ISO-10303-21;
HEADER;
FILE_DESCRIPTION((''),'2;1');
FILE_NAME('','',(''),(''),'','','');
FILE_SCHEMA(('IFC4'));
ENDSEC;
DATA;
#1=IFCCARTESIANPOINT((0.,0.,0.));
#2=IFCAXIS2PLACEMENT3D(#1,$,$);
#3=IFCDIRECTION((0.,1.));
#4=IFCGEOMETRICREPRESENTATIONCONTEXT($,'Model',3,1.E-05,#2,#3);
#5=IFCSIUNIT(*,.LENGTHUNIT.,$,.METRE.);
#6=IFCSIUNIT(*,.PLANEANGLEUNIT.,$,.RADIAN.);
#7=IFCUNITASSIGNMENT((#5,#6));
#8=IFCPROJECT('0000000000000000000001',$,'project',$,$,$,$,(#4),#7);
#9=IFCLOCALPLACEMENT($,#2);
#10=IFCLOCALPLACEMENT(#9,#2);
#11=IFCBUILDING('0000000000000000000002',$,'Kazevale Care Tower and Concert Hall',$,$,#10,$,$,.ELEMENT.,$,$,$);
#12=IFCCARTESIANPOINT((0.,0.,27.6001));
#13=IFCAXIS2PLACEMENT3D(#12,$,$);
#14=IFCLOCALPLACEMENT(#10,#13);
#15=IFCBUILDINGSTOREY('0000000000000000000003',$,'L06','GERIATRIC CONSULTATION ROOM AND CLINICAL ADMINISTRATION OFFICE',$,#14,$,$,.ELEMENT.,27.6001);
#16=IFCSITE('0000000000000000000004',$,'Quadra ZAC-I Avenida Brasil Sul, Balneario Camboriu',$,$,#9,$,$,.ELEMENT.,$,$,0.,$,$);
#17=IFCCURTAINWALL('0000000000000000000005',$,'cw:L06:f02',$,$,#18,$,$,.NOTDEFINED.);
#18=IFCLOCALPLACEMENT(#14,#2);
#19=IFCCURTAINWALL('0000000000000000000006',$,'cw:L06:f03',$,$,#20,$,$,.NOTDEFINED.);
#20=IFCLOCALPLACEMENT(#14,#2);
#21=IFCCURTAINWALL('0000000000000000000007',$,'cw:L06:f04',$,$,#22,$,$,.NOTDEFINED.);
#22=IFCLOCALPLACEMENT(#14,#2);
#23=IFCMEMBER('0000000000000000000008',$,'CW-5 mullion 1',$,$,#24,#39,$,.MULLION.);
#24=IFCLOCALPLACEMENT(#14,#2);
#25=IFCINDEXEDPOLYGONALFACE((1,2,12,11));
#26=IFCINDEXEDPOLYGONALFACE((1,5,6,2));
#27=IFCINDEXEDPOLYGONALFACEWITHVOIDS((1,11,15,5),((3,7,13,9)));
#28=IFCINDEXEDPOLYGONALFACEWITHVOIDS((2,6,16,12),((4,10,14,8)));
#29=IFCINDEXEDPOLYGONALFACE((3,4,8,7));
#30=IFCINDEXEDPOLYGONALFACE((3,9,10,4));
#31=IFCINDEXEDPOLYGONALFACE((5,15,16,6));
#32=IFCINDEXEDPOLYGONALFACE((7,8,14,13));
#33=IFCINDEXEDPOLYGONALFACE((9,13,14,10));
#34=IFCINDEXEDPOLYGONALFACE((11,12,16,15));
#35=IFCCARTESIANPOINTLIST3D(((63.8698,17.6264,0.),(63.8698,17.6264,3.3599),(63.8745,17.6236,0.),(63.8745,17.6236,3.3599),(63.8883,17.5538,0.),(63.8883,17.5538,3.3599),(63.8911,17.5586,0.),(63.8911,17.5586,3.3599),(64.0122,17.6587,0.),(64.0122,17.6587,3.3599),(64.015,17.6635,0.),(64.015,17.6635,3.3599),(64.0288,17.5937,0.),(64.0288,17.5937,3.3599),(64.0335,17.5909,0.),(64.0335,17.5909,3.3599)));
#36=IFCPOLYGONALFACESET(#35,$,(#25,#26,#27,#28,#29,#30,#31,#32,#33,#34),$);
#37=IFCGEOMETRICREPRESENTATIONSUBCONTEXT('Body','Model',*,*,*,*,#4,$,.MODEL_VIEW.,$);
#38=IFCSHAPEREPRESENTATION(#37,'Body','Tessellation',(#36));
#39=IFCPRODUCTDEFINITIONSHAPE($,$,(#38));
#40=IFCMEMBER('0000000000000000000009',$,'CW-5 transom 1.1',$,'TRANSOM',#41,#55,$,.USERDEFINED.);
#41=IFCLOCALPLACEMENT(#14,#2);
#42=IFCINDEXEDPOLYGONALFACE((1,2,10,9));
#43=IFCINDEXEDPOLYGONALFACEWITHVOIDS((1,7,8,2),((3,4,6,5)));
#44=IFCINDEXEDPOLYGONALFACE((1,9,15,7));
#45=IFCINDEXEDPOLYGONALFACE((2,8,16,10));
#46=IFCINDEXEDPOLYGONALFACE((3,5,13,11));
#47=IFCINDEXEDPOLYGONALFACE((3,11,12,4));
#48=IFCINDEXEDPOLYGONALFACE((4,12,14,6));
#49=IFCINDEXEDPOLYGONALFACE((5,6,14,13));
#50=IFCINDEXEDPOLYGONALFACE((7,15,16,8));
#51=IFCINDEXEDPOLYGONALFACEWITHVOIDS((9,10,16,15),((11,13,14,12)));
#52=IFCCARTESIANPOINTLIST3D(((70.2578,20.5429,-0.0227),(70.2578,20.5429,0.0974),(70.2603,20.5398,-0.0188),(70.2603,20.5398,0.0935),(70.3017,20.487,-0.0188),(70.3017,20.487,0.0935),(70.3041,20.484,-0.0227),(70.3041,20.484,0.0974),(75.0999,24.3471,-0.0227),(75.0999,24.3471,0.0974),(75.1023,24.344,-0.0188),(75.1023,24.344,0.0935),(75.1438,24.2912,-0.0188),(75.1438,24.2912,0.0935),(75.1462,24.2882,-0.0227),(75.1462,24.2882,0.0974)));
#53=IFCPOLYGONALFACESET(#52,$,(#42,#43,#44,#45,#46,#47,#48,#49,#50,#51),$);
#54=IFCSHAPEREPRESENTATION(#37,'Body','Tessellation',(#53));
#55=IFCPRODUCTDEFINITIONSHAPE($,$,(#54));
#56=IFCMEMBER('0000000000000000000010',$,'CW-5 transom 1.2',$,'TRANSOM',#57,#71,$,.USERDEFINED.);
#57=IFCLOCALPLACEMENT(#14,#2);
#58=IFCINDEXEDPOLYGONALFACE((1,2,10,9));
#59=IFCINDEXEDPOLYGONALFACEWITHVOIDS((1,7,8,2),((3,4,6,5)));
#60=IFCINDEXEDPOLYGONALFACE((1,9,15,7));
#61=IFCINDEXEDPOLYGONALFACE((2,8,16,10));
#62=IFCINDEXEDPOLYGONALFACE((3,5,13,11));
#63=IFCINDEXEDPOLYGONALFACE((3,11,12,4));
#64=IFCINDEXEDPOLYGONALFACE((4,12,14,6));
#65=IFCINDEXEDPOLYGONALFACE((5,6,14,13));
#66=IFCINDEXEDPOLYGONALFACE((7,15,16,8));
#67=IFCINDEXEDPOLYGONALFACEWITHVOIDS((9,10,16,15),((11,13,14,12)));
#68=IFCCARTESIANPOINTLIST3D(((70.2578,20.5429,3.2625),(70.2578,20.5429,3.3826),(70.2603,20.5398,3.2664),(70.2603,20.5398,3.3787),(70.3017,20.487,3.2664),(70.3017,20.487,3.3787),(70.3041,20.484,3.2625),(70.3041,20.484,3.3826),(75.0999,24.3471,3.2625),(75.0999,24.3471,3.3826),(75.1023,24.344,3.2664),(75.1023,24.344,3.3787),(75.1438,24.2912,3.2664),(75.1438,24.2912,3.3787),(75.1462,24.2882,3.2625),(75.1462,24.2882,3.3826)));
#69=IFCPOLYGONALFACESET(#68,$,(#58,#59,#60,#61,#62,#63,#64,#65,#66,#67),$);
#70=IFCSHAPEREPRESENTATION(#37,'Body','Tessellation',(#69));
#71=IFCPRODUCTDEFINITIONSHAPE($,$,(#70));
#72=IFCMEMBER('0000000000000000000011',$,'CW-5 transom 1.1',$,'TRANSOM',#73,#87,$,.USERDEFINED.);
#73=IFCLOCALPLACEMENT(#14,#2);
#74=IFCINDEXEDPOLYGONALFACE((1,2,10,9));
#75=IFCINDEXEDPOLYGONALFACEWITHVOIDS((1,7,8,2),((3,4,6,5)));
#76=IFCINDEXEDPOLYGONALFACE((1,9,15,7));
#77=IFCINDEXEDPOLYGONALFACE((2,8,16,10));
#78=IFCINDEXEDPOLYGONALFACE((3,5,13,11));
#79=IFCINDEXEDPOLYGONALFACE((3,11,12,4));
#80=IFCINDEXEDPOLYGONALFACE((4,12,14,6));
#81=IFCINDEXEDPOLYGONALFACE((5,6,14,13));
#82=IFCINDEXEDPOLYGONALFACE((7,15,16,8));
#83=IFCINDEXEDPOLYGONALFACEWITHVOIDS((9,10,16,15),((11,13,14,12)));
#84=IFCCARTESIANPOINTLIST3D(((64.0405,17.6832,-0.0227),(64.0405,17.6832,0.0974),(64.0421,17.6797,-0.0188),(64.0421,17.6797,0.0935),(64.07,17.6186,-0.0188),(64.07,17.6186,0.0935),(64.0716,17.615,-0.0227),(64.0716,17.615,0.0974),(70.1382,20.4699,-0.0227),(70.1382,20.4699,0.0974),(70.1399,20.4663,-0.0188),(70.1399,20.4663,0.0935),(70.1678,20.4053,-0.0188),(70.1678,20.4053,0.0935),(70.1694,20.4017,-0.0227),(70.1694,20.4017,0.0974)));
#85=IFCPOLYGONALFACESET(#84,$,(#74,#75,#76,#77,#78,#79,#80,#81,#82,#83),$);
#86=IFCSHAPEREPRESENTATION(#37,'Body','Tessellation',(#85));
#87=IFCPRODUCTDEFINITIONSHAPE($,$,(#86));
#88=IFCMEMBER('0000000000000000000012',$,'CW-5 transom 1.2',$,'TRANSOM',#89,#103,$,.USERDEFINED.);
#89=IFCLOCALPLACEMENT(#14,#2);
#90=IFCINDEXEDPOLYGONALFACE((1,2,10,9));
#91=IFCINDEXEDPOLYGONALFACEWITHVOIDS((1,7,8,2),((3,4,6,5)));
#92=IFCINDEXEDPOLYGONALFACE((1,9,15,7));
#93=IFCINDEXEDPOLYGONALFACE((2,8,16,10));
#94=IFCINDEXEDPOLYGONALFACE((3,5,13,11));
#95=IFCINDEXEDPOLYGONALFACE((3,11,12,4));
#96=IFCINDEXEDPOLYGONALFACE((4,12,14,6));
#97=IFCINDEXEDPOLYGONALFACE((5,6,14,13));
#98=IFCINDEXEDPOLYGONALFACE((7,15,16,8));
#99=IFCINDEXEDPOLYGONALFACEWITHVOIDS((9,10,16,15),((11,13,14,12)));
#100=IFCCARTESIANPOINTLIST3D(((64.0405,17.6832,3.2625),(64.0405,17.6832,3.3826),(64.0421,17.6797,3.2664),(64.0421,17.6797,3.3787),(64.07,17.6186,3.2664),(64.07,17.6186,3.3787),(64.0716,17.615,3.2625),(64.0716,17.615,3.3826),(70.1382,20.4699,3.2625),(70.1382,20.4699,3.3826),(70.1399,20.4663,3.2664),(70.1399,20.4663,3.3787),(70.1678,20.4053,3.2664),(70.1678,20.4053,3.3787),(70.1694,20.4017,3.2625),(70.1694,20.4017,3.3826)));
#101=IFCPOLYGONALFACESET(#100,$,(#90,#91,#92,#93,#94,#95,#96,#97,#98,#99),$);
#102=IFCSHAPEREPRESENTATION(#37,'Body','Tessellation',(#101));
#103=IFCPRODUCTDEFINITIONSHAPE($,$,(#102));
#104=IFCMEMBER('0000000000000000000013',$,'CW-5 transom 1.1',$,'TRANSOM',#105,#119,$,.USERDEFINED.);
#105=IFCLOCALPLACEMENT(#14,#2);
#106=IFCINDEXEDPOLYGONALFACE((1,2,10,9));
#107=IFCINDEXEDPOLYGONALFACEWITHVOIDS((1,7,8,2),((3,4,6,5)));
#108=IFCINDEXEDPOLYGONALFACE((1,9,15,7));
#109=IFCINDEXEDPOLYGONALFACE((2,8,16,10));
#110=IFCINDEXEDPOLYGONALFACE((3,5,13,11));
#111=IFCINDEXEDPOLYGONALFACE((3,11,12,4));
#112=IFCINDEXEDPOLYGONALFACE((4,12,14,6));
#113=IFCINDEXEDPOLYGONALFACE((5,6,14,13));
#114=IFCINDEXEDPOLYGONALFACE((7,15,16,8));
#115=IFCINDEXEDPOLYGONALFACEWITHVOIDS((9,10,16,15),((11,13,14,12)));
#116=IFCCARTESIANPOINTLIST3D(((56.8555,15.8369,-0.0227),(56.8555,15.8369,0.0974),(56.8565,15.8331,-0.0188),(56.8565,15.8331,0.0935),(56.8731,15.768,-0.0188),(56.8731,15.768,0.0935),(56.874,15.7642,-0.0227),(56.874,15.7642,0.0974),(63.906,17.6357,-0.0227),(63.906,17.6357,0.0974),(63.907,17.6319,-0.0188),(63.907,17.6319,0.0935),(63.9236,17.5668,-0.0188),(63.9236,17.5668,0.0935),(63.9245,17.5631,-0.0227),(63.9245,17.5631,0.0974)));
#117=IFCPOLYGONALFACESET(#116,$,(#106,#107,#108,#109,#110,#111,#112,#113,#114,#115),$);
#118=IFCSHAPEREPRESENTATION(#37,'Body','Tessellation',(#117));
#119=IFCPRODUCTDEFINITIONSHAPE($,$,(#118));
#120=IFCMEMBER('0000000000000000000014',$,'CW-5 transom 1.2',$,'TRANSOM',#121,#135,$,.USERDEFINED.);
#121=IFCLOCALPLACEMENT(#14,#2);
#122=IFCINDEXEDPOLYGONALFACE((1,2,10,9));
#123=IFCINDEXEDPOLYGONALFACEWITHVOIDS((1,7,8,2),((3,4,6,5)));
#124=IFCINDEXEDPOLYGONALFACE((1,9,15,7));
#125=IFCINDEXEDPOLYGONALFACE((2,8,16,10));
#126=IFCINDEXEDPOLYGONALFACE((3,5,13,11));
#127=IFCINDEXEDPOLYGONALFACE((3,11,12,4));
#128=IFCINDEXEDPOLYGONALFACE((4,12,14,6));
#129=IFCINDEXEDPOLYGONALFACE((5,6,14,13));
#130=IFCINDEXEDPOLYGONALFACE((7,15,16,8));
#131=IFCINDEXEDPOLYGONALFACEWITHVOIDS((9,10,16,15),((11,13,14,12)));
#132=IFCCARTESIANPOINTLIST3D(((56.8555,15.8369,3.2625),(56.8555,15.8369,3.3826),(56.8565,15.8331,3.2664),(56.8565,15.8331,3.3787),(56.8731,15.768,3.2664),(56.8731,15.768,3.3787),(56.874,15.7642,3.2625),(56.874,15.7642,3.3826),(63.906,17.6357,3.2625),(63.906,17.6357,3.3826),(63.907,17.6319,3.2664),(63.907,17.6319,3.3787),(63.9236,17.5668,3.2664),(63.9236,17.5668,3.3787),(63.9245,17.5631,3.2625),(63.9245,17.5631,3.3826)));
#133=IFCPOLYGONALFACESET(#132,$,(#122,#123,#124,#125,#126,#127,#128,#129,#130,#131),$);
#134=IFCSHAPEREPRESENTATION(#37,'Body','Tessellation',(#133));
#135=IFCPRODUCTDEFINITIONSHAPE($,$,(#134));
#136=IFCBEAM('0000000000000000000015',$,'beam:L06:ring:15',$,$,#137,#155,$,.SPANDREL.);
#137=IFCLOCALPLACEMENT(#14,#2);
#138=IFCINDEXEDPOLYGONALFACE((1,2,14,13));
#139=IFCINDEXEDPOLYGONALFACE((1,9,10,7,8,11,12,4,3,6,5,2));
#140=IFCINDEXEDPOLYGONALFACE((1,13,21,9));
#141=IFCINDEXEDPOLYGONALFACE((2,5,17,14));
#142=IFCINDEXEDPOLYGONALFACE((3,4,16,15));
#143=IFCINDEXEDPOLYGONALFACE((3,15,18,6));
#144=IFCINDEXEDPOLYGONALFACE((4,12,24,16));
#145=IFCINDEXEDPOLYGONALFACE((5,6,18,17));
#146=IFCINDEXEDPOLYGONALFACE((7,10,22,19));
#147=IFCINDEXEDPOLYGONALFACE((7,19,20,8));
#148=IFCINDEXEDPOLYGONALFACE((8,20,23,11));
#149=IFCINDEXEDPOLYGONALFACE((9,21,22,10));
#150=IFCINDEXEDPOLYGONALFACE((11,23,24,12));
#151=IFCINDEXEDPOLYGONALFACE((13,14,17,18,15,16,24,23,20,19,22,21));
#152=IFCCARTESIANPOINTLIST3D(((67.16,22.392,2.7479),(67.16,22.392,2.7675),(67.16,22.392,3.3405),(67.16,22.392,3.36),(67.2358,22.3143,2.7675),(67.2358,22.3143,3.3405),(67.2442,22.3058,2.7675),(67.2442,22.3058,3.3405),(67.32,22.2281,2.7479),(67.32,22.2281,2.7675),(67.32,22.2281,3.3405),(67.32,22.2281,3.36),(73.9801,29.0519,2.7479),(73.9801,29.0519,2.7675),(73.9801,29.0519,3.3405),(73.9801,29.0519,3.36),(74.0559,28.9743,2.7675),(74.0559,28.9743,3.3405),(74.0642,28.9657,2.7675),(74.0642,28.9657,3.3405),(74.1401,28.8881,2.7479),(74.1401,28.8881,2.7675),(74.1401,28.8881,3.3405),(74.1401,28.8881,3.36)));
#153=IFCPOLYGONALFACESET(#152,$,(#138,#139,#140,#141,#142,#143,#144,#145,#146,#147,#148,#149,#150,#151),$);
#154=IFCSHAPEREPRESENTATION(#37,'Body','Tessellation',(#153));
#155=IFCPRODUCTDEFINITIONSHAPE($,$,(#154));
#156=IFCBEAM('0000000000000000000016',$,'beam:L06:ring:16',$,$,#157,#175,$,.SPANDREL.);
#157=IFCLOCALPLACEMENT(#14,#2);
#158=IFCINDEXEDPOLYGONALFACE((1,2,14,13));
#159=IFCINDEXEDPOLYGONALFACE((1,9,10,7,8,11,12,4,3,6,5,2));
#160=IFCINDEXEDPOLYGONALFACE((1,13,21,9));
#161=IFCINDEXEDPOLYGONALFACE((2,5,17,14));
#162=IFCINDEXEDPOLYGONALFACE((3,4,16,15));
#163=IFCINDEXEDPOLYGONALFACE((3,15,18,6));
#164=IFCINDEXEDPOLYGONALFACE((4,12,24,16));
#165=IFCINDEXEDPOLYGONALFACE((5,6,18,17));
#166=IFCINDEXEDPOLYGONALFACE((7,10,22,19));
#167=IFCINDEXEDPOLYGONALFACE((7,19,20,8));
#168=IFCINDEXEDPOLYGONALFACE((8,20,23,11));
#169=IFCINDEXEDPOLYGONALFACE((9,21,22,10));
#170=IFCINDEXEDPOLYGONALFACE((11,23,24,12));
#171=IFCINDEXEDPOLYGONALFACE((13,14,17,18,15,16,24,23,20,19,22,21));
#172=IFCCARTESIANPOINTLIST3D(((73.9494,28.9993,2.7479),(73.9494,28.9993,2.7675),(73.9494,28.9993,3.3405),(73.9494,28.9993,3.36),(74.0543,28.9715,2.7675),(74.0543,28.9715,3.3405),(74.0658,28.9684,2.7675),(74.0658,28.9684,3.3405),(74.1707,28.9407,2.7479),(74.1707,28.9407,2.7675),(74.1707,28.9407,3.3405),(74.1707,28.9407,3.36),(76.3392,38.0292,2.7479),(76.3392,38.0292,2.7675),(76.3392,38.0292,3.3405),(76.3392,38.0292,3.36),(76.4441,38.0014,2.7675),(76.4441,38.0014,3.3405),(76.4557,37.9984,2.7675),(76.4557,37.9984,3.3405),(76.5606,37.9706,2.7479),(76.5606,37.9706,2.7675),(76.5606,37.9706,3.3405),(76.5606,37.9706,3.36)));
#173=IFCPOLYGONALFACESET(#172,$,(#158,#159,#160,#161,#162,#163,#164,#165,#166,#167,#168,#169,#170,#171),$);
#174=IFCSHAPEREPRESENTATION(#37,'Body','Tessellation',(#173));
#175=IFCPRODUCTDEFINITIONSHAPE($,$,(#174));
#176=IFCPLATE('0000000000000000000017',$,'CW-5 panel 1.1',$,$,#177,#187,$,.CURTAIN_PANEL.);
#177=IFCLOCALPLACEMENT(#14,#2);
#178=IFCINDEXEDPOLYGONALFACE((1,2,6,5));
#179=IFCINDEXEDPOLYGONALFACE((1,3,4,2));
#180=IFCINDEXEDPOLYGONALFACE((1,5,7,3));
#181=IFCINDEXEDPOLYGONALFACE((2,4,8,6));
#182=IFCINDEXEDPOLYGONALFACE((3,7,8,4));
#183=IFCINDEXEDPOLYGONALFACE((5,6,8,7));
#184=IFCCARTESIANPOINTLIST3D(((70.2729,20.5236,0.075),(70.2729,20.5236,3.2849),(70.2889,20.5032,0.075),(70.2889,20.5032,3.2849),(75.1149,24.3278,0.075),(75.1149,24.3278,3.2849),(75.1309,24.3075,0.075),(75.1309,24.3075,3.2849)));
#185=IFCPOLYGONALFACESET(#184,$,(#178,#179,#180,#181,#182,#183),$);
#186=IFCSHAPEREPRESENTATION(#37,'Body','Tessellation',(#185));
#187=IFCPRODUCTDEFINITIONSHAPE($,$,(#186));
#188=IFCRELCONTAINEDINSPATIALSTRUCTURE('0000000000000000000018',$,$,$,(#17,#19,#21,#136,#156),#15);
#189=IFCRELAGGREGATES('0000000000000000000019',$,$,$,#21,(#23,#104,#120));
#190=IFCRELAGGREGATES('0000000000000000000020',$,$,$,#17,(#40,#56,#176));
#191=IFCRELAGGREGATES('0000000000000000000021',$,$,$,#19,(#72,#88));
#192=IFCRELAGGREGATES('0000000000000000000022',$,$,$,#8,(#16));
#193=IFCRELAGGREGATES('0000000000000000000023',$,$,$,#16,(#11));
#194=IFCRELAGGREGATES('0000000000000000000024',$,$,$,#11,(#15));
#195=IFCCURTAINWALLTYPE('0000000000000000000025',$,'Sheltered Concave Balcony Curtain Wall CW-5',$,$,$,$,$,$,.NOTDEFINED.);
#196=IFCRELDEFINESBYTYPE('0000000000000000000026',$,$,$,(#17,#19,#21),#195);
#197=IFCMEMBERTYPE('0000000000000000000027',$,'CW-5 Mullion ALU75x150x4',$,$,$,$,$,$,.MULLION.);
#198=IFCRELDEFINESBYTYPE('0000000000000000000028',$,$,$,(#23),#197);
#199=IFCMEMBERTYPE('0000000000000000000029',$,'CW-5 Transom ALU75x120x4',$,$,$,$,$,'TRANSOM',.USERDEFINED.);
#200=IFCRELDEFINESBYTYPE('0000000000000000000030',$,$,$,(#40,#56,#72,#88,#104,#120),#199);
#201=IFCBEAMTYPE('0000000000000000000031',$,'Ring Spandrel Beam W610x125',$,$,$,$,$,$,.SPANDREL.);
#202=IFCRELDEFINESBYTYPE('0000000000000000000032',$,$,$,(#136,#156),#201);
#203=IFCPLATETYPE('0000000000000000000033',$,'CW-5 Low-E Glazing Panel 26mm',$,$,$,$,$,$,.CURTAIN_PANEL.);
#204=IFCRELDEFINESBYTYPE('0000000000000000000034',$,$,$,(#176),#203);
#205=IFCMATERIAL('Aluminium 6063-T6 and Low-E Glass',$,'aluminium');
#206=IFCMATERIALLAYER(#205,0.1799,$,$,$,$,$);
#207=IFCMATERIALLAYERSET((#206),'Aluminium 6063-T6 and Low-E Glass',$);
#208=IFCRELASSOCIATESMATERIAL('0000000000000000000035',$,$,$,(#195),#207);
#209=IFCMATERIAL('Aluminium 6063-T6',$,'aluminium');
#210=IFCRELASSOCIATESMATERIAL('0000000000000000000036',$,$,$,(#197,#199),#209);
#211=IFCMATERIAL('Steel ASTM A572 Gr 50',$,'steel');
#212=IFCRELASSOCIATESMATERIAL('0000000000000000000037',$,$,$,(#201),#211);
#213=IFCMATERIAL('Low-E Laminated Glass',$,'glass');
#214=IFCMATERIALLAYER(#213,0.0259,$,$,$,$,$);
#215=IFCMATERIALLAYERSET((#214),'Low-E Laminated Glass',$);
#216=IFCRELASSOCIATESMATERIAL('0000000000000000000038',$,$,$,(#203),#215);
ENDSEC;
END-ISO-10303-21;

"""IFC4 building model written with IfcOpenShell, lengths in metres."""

from ifc_helpers import new_model, si_unit, direction, frame, origin, origin_2d, place, context, subcontext, project, spatial, rectangle, hollow_rectangle, i_section, extrude, material, layer, layer_set, material_profile, profile_set, type_object, element, aggregate, save


model = new_model("IFC4")

# Units and contexts
model_context = context("Model", 3, precision=1e-05, world=origin(), true_north=direction((0.0, 1.0)))
body_context = subcontext(model_context, "Body", "Model", "MODEL_VIEW")
ifc_project = project(units=[si_unit("LENGTHUNIT", "METRE"), si_unit("PLANEANGLEUNIT", "RADIAN")], contexts=[model_context])

# Site, building, storey
site_placement = place(None, origin())
site = spatial("IfcSite", under=ifc_project, at=site_placement, Name="Quadra ZAC-I Avenida Brasil Sul, Balneario Camboriu", CompositionType="ELEMENT", RefElevation=0.0)
building_placement = place(site_placement, origin())
building = spatial("IfcBuilding", under=site, at=building_placement, Name="Kazevale Care Tower and Concert Hall", CompositionType="ELEMENT")
storey_placement = place(building_placement, frame((0.0, 0.0, 27.6001)))
storey = spatial("IfcBuildingStorey", under=building, at=storey_placement, Name="L06", Description="GERIATRIC CONSULTATION ROOM AND CLINICAL ADMINISTRATION OFFICE", CompositionType="ELEMENT", Elevation=27.6001)

# Shared definitions
ifc_material_1 = material(Name="Aluminium 6063-T6 and Low-E Glass", Category="aluminium")
ifc_material_2 = material(Name="Aluminium 6063-T6", Category="aluminium")

# Curtain walls
ifc_layer_1 = layer(ifc_material_1, 0.1799)
ifc_layer_set_1 = layer_set([ifc_layer_1], Name="Aluminium 6063-T6 and Low-E Glass")
curtain_wall_type_1 = type_object("IfcCurtainWallType", Name="Sheltered Concave Balcony Curtain Wall CW-5", PredefinedType="NOTDEFINED", material=ifc_layer_set_1)
curtain_wall_1_placement = place(storey_placement, origin())
curtain_wall_1 = element("IfcCurtainWall", 1, at=curtain_wall_1_placement, inside=storey, type_object=curtain_wall_type_1, Name="cw:L06:f02", PredefinedType="NOTDEFINED")
ifc_material_profile_1 = material_profile(ifc_material_2, hollow_rectangle(XDim=0.075, YDim=0.1499, WallThickness=0.0039, at=origin_2d()), Name="ALU75x150x4")
ifc_profile_set_1 = profile_set([ifc_material_profile_1], Name="Aluminium 6063-T6")
member_type_1 = type_object("IfcMemberType", Name="CW-5 Mullion ALU75x150x4", PredefinedType="MULLION", material=ifc_profile_set_1)
curtain_wall_2_placement = place(storey_placement, origin())
curtain_wall_2 = element("IfcCurtainWall", 2, at=curtain_wall_2_placement, inside=storey, type_object=curtain_wall_type_1, Name="cw:L06:f03", PredefinedType="NOTDEFINED")

# Curtain wall, member
curtain_wall_3_placement = place(storey_placement, origin())
curtain_wall_3 = element("IfcCurtainWall", 3, at=curtain_wall_3_placement, inside=storey, type_object=curtain_wall_type_1, Name="cw:L06:f04", PredefinedType="NOTDEFINED")
member_1_placement = place(storey_placement, frame((63.9517, 17.6086, 0.0), z_axis=(0.0, 0.0, 1.0), x_axis=(0.247222, -0.968959, 0.0)))
member_1 = element("IfcMember", 4, at=member_1_placement, type_object=member_type_1, Name="CW-5 mullion 1", PredefinedType="MULLION", context=body_context, shape_type="SweptSolid", body=[
    extrude(hollow_rectangle(XDim=0.075, YDim=0.1499, WallThickness=0.0039, at=origin_2d()), origin(), (0.0, 0.0, 1.0), 3.3599),
])

# Members
ifc_material_profile_2 = material_profile(ifc_material_2, hollow_rectangle(XDim=0.075, YDim=0.1201, WallThickness=0.0039, at=origin_2d()), Name="ALU75x120x4")
ifc_profile_set_2 = profile_set([ifc_material_profile_2], Name="Aluminium 6063-T6")
member_type_2 = type_object("IfcMemberType", Name="CW-5 Transom ALU75x120x4", ElementType="TRANSOM", PredefinedType="USERDEFINED", material=ifc_profile_set_2)
member_2_placement = place(storey_placement, frame((75.123, 24.3176, 0.0374), z_axis=(-0.786339, -0.617795, 0.0), x_axis=(0.617795, -0.786339, 0.0)))
member_2 = element("IfcMember", 5, at=member_2_placement, type_object=member_type_2, Name="CW-5 transom 1.1", ObjectType="TRANSOM", PredefinedType="USERDEFINED", context=body_context, shape_type="SweptSolid", body=[
    extrude(hollow_rectangle(XDim=0.075, YDim=0.1201, WallThickness=0.0039, at=origin_2d()), origin(), (0.0, 0.0, 1.0), 6.1577),
])
member_3_placement = place(storey_placement, frame((75.123, 24.3176, 3.3225), z_axis=(-0.786339, -0.617795, 0.0), x_axis=(0.617795, -0.786339, 0.0)))
member_3 = element("IfcMember", 6, at=member_3_placement, type_object=member_type_2, Name="CW-5 transom 1.2", ObjectType="TRANSOM", PredefinedType="USERDEFINED", context=body_context, shape_type="SweptSolid", body=[
    extrude(hollow_rectangle(XDim=0.075, YDim=0.1201, WallThickness=0.0039, at=origin_2d()), origin(), (0.0, 0.0, 1.0), 6.1577),
])
member_4_placement = place(storey_placement, frame((70.1538, 20.4358, 0.0374), z_axis=(-0.909524, -0.415651, 0.0), x_axis=(0.415651, -0.909524, 0.0)))
member_4 = element("IfcMember", 7, at=member_4_placement, type_object=member_type_2, Name="CW-5 transom 1.1", ObjectType="TRANSOM", PredefinedType="USERDEFINED", context=body_context, shape_type="SweptSolid", body=[
    extrude(hollow_rectangle(XDim=0.075, YDim=0.1201, WallThickness=0.0039, at=origin_2d()), origin(), (0.0, 0.0, 1.0), 6.7043),
])
member_5_placement = place(storey_placement, frame((70.1538, 20.4358, 3.3225), z_axis=(-0.909524, -0.415651, 0.0), x_axis=(0.415651, -0.909524, 0.0)))
member_5 = element("IfcMember", 8, at=member_5_placement, type_object=member_type_2, Name="CW-5 transom 1.2", ObjectType="TRANSOM", PredefinedType="USERDEFINED", context=body_context, shape_type="SweptSolid", body=[
    extrude(hollow_rectangle(XDim=0.075, YDim=0.1201, WallThickness=0.0039, at=origin_2d()), origin(), (0.0, 0.0, 1.0), 6.7043),
])
member_6_placement = place(storey_placement, frame((63.9153, 17.5994, 0.0374), z_axis=(-0.968961, -0.247214, 0.0), x_axis=(0.247214, -0.968961, 0.0)))
member_6 = element("IfcMember", 9, at=member_6_placement, type_object=member_type_2, Name="CW-5 transom 1.1", ObjectType="TRANSOM", PredefinedType="USERDEFINED", context=body_context, shape_type="SweptSolid", body=[
    extrude(hollow_rectangle(XDim=0.075, YDim=0.1201, WallThickness=0.0039, at=origin_2d()), origin(), (0.0, 0.0, 1.0), 7.2764),
])
member_7_placement = place(storey_placement, frame((63.9153, 17.5994, 3.3225), z_axis=(-0.968961, -0.247214, 0.0), x_axis=(0.247214, -0.968961, 0.0)))
member_7 = element("IfcMember", 10, at=member_7_placement, type_object=member_type_2, Name="CW-5 transom 1.2", ObjectType="TRANSOM", PredefinedType="USERDEFINED", context=body_context, shape_type="SweptSolid", body=[
    extrude(hollow_rectangle(XDim=0.075, YDim=0.1201, WallThickness=0.0039, at=origin_2d()), origin(), (0.0, 0.0, 1.0), 7.2764),
])
aggregate(curtain_wall_3, [member_1, member_6, member_7])

# Beams
ifc_material_3 = material(Name="Steel ASTM A572 Gr 50", Category="steel")
ifc_material_profile_3 = material_profile(ifc_material_3, i_section(OverallWidth=0.229, OverallDepth=0.6121, WebThickness=0.012, FlangeThickness=0.0195, at=origin_2d()), Name="W610x125")
ifc_profile_set_3 = profile_set([ifc_material_profile_3], Name="Steel ASTM A572 Gr 50")
beam_type = type_object("IfcBeamType", Name="Ring Spandrel Beam W610x125", PredefinedType="SPANDREL", material=ifc_profile_set_3)
beam_1_placement = place(storey_placement, frame((67.24, 22.3101, 3.054), z_axis=(0.715457, 0.698656, 0.0), x_axis=(-0.698656, 0.715457, 0.0)))
element("IfcBeam", 11, at=beam_1_placement, inside=storey, type_object=beam_type, Name="beam:L06:ring:15", PredefinedType="SPANDREL", context=body_context, shape_type="SweptSolid", body=[
    extrude(i_section(OverallWidth=0.229, OverallDepth=0.6121, WebThickness=0.012, FlangeThickness=0.0195, at=origin_2d()), origin(), (0.0, 0.0, 1.0), 9.5325),
])
beam_2_placement = place(storey_placement, frame((74.0601, 28.97, 3.054), z_axis=(0.255852, 0.966716, 0.0), x_axis=(-0.966716, 0.255852, 0.0)))
element("IfcBeam", 12, at=beam_2_placement, inside=storey, type_object=beam_type, Name="beam:L06:ring:16", PredefinedType="SPANDREL", context=body_context, shape_type="SweptSolid", body=[
    extrude(i_section(OverallWidth=0.229, OverallDepth=0.6121, WebThickness=0.012, FlangeThickness=0.0195, at=origin_2d()), origin(), (0.0, 0.0, 1.0), 9.3408),
])

# Plate
ifc_material_4 = material(Name="Low-E Laminated Glass", Category="glass")
ifc_layer_2 = layer(ifc_material_4, 0.0259)
ifc_layer_set_2 = layer_set([ifc_layer_2], Name="Low-E Laminated Glass")
plate_type = type_object("IfcPlateType", Name="CW-5 Low-E Glazing Panel 26mm", PredefinedType="CURTAIN_PANEL", material=ifc_layer_set_2)
plate_1_placement = place(storey_placement, frame((72.7019, 22.4155, 0.075), z_axis=(0.0, 0.0, 1.0), x_axis=(-0.786329, -0.617808, 0.0)))
plate_1 = element("IfcPlate", 13, at=plate_1_placement, type_object=plate_type, Name="CW-5 panel 1.1", PredefinedType="CURTAIN_PANEL", context=body_context, shape_type="SweptSolid", body=[
    extrude(rectangle(XDim=6.1577, YDim=0.0259, at=origin_2d()), origin(), (0.0, 0.0, 1.0), 3.21),
])
aggregate(curtain_wall_1, [member_2, member_3, plate_1])
aggregate(curtain_wall_2, [member_4, member_5])

save(model, "model.ifc")
